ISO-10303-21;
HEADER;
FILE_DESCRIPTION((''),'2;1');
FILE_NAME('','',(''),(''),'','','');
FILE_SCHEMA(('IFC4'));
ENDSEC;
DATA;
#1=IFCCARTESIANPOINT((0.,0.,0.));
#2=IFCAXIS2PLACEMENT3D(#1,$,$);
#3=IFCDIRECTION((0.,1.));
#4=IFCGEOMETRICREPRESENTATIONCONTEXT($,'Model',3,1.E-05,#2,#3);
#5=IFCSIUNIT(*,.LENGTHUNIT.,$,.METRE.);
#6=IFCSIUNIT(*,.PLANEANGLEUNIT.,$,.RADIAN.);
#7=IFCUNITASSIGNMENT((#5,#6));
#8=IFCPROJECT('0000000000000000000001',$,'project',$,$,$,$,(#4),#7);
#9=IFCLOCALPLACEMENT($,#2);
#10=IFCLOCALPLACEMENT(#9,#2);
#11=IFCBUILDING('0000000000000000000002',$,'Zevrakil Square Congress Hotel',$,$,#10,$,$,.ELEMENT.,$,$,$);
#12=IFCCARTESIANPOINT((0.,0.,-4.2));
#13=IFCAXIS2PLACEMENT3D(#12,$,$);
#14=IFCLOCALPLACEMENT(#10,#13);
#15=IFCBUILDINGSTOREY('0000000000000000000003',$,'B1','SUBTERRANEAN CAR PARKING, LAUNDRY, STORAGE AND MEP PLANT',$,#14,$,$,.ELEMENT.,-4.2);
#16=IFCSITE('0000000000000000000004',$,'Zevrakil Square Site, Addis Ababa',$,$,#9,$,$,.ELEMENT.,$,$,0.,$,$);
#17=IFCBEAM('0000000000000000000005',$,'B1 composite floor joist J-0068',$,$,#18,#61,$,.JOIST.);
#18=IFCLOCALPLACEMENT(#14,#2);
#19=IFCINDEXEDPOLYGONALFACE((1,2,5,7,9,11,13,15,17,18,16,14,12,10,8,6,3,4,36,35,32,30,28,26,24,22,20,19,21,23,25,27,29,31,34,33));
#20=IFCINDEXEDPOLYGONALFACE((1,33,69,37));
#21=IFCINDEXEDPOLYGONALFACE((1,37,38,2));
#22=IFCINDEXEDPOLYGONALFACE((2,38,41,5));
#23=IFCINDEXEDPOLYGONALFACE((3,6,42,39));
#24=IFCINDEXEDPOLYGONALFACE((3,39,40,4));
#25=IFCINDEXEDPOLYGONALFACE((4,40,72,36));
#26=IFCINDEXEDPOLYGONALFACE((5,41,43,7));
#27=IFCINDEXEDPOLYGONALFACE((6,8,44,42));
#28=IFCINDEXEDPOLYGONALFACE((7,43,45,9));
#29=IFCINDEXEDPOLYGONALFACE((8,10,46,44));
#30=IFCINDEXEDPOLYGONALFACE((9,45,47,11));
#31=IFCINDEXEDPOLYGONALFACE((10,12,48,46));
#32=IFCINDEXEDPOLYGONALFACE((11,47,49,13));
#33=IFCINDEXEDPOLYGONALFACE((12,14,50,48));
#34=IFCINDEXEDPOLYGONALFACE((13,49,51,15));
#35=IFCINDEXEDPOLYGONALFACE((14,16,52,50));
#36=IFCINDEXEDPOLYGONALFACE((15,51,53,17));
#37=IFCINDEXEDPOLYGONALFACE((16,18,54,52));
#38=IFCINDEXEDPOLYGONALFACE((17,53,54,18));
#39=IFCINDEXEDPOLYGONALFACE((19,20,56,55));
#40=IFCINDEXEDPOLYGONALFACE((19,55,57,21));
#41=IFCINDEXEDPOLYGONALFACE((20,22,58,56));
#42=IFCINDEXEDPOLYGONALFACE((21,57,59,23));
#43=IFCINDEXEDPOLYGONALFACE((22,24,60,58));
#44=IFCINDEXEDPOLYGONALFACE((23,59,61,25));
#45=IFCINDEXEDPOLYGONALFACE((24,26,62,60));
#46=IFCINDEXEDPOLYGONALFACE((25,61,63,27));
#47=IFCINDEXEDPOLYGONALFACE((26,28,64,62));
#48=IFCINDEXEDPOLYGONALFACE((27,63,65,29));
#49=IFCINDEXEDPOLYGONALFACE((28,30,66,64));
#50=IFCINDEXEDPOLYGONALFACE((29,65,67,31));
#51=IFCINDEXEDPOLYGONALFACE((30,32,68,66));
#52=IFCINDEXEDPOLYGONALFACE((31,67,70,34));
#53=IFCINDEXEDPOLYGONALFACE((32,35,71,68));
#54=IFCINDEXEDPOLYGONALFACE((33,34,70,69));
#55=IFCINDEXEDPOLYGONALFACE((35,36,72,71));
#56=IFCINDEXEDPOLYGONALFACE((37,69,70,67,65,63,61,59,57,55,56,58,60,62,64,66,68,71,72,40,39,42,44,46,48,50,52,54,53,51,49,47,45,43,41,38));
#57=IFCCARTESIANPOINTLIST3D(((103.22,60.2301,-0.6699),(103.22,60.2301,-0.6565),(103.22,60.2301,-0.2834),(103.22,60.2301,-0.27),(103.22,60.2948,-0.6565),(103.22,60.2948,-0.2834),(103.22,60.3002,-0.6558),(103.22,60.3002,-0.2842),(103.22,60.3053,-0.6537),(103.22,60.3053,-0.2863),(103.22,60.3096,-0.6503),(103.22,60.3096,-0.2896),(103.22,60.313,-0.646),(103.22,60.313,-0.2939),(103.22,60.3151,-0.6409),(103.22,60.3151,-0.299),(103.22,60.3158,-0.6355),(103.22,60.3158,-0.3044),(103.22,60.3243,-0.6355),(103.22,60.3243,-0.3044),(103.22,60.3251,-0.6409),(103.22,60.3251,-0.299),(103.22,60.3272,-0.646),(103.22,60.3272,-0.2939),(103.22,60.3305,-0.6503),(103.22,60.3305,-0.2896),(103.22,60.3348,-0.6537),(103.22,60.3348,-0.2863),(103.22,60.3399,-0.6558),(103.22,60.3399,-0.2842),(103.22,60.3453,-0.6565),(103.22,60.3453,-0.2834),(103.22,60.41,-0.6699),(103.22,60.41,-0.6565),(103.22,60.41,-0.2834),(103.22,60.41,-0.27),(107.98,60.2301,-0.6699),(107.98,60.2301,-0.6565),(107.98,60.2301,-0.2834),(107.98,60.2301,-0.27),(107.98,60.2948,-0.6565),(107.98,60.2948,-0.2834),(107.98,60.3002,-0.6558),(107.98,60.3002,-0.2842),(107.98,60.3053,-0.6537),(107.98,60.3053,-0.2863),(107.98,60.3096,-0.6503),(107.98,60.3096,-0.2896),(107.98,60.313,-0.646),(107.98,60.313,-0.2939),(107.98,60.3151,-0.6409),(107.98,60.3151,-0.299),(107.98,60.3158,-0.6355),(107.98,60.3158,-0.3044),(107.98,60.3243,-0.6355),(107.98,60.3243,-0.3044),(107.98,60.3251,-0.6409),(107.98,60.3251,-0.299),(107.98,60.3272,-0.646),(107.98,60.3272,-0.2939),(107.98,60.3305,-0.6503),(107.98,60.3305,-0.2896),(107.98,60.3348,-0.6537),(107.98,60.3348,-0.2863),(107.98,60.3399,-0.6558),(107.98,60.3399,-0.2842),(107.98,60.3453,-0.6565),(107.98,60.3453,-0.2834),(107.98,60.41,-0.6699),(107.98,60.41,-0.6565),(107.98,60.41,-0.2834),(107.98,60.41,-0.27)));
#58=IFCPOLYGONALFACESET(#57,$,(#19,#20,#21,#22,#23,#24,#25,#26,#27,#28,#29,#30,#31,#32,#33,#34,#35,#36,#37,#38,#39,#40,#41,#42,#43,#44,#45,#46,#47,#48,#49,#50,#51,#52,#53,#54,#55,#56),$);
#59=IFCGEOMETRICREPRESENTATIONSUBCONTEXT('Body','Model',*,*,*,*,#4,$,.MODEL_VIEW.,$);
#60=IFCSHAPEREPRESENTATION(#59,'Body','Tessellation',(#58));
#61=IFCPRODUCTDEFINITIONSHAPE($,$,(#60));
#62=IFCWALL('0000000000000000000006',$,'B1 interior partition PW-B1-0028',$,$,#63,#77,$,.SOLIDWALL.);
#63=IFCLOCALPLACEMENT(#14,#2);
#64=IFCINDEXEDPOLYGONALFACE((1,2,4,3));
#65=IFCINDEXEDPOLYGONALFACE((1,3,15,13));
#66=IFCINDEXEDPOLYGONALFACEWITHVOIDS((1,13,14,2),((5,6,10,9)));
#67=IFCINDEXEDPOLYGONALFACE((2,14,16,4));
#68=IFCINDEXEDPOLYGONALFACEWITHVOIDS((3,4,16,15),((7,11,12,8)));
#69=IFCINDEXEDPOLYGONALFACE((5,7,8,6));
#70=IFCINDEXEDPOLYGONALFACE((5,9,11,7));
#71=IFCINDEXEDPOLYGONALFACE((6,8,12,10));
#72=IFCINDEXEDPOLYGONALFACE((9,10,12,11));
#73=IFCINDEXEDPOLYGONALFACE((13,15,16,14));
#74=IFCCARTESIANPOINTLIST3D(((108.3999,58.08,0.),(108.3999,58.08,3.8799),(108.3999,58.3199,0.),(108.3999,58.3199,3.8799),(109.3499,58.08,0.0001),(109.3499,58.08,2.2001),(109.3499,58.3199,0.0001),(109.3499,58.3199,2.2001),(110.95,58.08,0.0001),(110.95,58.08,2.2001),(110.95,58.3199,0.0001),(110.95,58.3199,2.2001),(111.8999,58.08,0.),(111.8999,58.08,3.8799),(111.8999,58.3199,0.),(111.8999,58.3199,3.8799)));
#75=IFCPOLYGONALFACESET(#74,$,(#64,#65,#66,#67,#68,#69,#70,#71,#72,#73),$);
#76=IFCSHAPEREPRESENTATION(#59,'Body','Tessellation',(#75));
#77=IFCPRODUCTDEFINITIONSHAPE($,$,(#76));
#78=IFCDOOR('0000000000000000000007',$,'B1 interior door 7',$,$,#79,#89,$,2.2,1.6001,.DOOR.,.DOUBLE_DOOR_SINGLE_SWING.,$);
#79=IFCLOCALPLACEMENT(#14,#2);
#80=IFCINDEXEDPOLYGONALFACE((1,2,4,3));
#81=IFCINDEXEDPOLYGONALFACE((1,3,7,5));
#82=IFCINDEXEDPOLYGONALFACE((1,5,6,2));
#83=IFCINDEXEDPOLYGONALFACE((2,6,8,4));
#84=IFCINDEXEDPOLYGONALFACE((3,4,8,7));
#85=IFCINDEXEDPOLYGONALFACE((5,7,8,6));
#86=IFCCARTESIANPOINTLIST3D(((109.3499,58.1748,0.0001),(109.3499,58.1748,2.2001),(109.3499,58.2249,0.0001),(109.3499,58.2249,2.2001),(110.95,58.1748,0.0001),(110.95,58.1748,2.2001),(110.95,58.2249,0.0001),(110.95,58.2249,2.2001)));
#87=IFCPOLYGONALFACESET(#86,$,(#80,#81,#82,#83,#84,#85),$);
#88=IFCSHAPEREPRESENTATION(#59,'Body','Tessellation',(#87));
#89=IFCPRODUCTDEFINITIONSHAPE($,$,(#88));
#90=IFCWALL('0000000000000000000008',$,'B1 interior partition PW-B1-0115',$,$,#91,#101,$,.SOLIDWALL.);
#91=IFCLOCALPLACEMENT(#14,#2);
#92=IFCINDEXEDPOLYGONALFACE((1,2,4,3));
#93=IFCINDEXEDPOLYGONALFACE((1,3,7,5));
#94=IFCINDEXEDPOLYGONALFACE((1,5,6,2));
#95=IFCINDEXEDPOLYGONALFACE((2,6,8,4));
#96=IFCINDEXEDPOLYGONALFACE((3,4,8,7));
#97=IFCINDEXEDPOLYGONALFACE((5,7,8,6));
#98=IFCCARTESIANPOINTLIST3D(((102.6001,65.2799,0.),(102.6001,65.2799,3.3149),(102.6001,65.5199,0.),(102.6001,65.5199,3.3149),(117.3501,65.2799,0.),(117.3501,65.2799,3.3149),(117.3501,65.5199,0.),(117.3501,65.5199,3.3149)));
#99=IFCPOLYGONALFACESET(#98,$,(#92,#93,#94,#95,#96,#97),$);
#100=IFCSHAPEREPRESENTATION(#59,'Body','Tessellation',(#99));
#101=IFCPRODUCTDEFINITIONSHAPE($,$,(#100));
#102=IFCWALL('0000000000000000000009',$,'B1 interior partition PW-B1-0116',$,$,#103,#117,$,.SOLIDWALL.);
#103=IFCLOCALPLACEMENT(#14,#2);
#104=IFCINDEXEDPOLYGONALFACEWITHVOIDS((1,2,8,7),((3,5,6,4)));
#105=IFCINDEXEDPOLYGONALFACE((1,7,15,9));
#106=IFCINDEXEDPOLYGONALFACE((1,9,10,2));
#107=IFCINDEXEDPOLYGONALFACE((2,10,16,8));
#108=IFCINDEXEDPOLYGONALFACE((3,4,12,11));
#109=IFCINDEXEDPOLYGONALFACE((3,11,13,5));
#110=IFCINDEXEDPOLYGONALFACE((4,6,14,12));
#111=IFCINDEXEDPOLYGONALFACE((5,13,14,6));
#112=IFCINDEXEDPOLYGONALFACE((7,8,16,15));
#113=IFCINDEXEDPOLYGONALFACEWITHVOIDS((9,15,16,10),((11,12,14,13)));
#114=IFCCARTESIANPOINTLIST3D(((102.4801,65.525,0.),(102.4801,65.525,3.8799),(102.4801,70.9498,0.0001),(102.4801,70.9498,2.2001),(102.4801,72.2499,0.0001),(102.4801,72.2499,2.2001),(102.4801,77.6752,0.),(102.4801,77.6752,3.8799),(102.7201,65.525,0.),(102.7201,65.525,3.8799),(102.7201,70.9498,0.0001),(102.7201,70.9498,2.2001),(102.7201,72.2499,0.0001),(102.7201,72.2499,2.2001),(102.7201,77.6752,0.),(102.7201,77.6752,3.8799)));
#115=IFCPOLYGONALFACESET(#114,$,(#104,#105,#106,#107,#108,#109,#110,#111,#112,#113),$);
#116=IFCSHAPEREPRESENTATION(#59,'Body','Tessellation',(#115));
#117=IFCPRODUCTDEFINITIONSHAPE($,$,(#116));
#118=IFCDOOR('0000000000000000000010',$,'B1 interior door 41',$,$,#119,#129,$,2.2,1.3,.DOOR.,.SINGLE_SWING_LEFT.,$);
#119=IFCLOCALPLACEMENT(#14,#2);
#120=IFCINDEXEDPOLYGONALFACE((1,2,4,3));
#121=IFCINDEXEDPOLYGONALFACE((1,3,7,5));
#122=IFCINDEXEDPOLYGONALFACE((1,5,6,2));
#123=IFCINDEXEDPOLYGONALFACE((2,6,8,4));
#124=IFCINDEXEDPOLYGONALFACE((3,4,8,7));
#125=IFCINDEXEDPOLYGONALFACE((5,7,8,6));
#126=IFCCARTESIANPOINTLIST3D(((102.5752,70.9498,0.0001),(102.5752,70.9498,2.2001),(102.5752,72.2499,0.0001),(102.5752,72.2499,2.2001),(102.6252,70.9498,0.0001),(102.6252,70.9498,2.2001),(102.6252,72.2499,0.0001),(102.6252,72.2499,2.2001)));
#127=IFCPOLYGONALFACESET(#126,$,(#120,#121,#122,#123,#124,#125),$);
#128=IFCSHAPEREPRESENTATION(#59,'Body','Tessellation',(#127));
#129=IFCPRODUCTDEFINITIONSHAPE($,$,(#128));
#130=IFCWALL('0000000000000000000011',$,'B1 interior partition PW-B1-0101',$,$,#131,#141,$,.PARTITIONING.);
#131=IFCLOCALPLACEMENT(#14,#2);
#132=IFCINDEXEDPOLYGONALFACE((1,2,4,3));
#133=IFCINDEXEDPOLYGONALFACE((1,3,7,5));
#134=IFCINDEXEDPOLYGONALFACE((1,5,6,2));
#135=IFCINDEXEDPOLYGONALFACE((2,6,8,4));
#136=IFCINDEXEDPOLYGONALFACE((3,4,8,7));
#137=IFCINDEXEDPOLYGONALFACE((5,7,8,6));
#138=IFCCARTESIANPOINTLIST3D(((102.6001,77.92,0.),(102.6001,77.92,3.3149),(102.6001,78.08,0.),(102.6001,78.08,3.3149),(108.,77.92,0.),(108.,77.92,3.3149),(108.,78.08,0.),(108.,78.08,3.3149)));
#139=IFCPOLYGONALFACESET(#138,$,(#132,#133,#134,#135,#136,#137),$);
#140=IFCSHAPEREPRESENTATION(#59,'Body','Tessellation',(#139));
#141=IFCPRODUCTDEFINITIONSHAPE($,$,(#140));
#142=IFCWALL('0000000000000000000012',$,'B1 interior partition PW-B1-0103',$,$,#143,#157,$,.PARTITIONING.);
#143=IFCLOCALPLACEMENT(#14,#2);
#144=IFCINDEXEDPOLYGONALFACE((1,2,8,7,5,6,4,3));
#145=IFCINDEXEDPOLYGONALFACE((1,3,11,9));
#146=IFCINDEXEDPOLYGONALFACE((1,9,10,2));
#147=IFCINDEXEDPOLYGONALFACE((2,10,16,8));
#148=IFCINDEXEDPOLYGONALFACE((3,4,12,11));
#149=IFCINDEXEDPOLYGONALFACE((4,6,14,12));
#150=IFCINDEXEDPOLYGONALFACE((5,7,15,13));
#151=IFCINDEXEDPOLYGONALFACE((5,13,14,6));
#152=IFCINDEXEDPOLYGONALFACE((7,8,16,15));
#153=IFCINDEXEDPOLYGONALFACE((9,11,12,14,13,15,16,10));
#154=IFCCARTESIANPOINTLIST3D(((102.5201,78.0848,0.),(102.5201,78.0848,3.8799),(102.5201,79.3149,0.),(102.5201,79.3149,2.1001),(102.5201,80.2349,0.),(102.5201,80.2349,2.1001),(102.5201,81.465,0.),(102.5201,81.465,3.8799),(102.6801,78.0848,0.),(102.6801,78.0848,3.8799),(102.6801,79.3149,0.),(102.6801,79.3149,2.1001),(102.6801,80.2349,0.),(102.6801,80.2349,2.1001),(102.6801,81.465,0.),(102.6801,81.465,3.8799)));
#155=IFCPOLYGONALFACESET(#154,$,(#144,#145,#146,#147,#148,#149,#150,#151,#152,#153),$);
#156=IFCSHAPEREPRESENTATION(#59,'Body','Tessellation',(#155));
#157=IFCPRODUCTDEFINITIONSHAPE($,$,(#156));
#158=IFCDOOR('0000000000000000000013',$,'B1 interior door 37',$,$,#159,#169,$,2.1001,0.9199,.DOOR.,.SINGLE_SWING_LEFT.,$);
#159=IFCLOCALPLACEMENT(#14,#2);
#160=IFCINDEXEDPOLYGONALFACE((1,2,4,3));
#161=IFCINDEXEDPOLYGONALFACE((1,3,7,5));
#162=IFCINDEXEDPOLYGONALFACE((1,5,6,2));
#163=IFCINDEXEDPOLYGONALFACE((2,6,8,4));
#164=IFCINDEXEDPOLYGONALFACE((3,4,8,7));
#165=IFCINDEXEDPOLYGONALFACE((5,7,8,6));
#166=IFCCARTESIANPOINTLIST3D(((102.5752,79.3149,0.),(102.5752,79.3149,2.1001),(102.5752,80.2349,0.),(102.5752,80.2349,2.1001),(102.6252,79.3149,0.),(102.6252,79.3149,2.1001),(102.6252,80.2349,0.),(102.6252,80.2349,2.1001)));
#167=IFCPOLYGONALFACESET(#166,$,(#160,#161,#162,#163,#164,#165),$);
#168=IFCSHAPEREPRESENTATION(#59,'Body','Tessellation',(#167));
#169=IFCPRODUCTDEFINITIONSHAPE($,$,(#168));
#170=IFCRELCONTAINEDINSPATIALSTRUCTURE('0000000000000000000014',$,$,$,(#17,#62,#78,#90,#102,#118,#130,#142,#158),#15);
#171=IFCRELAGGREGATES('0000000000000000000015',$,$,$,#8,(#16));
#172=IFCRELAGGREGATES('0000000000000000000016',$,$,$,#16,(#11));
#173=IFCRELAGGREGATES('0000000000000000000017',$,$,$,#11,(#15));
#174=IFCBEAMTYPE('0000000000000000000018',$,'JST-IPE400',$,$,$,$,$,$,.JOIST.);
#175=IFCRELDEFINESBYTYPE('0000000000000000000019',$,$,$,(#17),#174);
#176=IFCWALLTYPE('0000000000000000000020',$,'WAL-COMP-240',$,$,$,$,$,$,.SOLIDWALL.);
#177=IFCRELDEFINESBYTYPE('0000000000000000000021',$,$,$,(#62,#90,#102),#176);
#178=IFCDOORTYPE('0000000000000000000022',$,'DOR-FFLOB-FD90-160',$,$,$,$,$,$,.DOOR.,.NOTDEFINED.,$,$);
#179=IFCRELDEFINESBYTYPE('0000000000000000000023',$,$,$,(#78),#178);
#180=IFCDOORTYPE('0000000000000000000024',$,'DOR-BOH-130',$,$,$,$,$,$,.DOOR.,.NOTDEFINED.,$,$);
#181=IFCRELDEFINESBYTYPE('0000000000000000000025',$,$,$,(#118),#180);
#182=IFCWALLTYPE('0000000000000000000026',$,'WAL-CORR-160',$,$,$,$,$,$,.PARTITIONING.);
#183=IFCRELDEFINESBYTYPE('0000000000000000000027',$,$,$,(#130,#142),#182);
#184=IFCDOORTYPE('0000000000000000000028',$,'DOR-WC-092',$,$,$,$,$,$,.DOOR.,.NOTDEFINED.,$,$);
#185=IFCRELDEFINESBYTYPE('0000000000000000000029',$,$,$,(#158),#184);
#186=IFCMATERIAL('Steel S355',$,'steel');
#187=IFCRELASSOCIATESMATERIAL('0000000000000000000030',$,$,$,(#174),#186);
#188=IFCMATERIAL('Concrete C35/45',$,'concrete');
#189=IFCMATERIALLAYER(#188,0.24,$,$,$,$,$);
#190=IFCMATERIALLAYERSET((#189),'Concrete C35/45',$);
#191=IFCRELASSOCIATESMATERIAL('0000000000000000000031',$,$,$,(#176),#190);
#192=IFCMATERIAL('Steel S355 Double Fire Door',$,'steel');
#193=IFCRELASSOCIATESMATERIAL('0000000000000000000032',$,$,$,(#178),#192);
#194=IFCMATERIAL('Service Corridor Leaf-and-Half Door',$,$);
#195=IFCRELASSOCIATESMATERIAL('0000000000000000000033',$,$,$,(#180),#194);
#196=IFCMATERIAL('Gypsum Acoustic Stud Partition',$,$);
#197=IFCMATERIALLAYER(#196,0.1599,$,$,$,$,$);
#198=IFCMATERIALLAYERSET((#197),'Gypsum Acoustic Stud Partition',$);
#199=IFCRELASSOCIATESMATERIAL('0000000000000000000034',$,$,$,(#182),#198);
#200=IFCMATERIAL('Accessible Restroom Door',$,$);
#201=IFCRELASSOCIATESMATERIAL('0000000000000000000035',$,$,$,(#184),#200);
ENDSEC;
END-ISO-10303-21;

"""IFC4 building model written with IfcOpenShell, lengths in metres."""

from ifc_helpers import new_model, si_unit, direction, frame, frame_2d, origin, origin_2d, place, context, subcontext, project, spatial, rectangle, i_section, extrude, material, layer, layer_set, material_profile, profile_set, type_object, element, fill, save


model = new_model("IFC4")

# Units and contexts
model_context = context("Model", 3, precision=1e-05, world=origin(), true_north=direction((0.0, 1.0)))
body_context = subcontext(model_context, "Body", "Model", "MODEL_VIEW")
ifc_project = project(units=[si_unit("LENGTHUNIT", "METRE"), si_unit("PLANEANGLEUNIT", "RADIAN")], contexts=[model_context])

# Site, building, storey
site_placement = place(None, origin())
site = spatial("IfcSite", under=ifc_project, at=site_placement, Name="Zevrakil Square Site, Addis Ababa", CompositionType="ELEMENT", RefElevation=0.0)
building_placement = place(site_placement, origin())
building = spatial("IfcBuilding", under=site, at=building_placement, Name="Zevrakil Square Congress Hotel", CompositionType="ELEMENT")
storey_placement = place(building_placement, frame((0.0, 0.0, -4.2)))
storey = spatial("IfcBuildingStorey", under=building, at=storey_placement, Name="B1", Description="SUBTERRANEAN CAR PARKING, LAUNDRY, STORAGE AND MEP PLANT", CompositionType="ELEMENT", Elevation=-4.2)

# Beam
ifc_material_1 = material(Name="Steel S355", Category="steel")
ifc_material_profile_1 = material_profile(ifc_material_1, i_section(OverallWidth=0.1799, OverallDepth=0.3999, WebThickness=0.0085, FlangeThickness=0.0134, FilletRadius=0.021, at=origin_2d()), Name="IPE 400")
ifc_profile_set_1 = profile_set([ifc_material_profile_1], Name="Steel S355")
beam_type_1 = type_object("IfcBeamType", Name="JST-IPE400", PredefinedType="JOIST", material=ifc_profile_set_1)
beam_1_placement = place(storey_placement, frame((103.22, 60.3201, -0.47), z_axis=(1.0, 0.0, 0.0), x_axis=(0.0, 1.0, 0.0)))
element("IfcBeam", 1, at=beam_1_placement, inside=storey, type_object=beam_type_1, Name="B1 composite floor joist J-0068", PredefinedType="JOIST", context=body_context, shape_type="SweptSolid", body=[
    extrude(i_section(OverallWidth=0.1799, OverallDepth=0.3999, WebThickness=0.0085, FlangeThickness=0.0134, FilletRadius=0.021, at=origin_2d()), origin(), (0.0, 0.0, 1.0), 4.76),
])

# Wall, opening, door
ifc_material_2 = material(Name="Concrete C35/45", Category="concrete")
ifc_layer_1 = layer(ifc_material_2, 0.24)
ifc_layer_set_1 = layer_set([ifc_layer_1], Name="Concrete C35/45")
wall_type_1 = type_object("IfcWallType", Name="WAL-COMP-240", PredefinedType="SOLIDWALL", material=ifc_layer_set_1)
wall_1_placement = place(storey_placement, frame((108.3999, 58.2, 0.0), z_axis=(0.0, 0.0, 1.0), x_axis=(1.0, 0.0, 0.0)))
wall_1 = element("IfcWall", 2, at=wall_1_placement, inside=storey, type_object=wall_type_1, Name="B1 interior partition PW-B1-0028", PredefinedType="SOLIDWALL", context=body_context, shape_type="SweptSolid", body=[
    extrude(rectangle(XDim=3.5, YDim=0.24, at=frame_2d((1.75, 0.0))), origin(), (0.0, 0.0, 1.0), 3.8799),
])
opening_1_placement = place(wall_1_placement, frame((0.95, 0.0, 0.0)))
opening_1 = element("IfcOpeningElement", 3, at=opening_1_placement, cuts=wall_1, PredefinedType="OPENING", context=body_context, shape_type="SweptSolid", body=[
    extrude(rectangle(XDim=1.6001, YDim=2.2, at=frame_2d((0.8, 1.1001))), frame((0.0, 0.1299, 0.0), z_axis=(0.0, -1.0, 0.0), x_axis=(1.0, 0.0, 0.0)), (0.0, 0.0, 1.0), 0.26),
])
ifc_material_3 = material(Name="Steel S355 Double Fire Door", Category="steel")
door_type_1 = type_object("IfcDoorType", Name="DOR-FFLOB-FD90-160", OperationType="NOTDEFINED", PredefinedType="DOOR", material=ifc_material_3)
door_1_placement = place(opening_1_placement, origin())
door_1 = element("IfcDoor", 4, at=door_1_placement, inside=storey, type_object=door_type_1, Name="B1 interior door 7", OperationType="DOUBLE_DOOR_SINGLE_SWING", OverallHeight=2.2, OverallWidth=1.6001, PredefinedType="DOOR", context=body_context, shape_type="SweptSolid", body=[
    extrude(rectangle(XDim=1.6001, YDim=2.2, at=frame_2d((0.8, 1.1001))), frame((0.0, 0.0249, 0.0), z_axis=(0.0, -1.0, 0.0), x_axis=(1.0, 0.0, 0.0)), (0.0, 0.0, 1.0), 0.05),
])
fill(opening_1, door_1)

# Wall
wall_2_placement = place(storey_placement, frame((102.6001, 65.3999, 0.0), z_axis=(0.0, 0.0, 1.0), x_axis=(1.0, 0.0, 0.0)))
element("IfcWall", 5, at=wall_2_placement, inside=storey, type_object=wall_type_1, Name="B1 interior partition PW-B1-0115", PredefinedType="SOLIDWALL", context=body_context, shape_type="SweptSolid", body=[
    extrude(rectangle(XDim=14.75, YDim=0.24, at=frame_2d((7.375, 0.0))), origin(), (0.0, 0.0, 1.0), 3.3149),
])

# Wall, opening, door
wall_3_placement = place(storey_placement, frame((102.6001, 65.5249, 0.0), z_axis=(0.0, 0.0, 1.0), x_axis=(0.0, 1.0, 0.0)))
wall_3 = element("IfcWall", 6, at=wall_3_placement, inside=storey, type_object=wall_type_1, Name="B1 interior partition PW-B1-0116", PredefinedType="SOLIDWALL", context=body_context, shape_type="SweptSolid", body=[
    extrude(rectangle(XDim=12.1501, YDim=0.24, at=frame_2d((6.0752, 0.0))), origin(), (0.0, 0.0, 1.0), 3.8799),
])
opening_2_placement = place(wall_3_placement, frame((5.425, 0.0, 0.0)))
opening_2 = element("IfcOpeningElement", 7, at=opening_2_placement, cuts=wall_3, PredefinedType="OPENING", context=body_context, shape_type="SweptSolid", body=[
    extrude(rectangle(XDim=1.3, YDim=2.2, at=frame_2d((0.6499, 1.1001))), frame((0.0, 0.1299, 0.0), z_axis=(0.0, -1.0, 0.0), x_axis=(1.0, 0.0, 0.0)), (0.0, 0.0, 1.0), 0.26),
])
ifc_material_4 = material(Name="Service Corridor Leaf-and-Half Door")
door_type_2 = type_object("IfcDoorType", Name="DOR-BOH-130", OperationType="NOTDEFINED", PredefinedType="DOOR", material=ifc_material_4)
door_2_placement = place(opening_2_placement, origin())
door_2 = element("IfcDoor", 8, at=door_2_placement, inside=storey, type_object=door_type_2, Name="B1 interior door 41", OperationType="SINGLE_SWING_LEFT", OverallHeight=2.2, OverallWidth=1.3, PredefinedType="DOOR", context=body_context, shape_type="SweptSolid", body=[
    extrude(rectangle(XDim=1.3, YDim=2.2, at=frame_2d((0.6499, 1.1001))), frame((0.0, 0.0249, 0.0), z_axis=(0.0, -1.0, 0.0), x_axis=(1.0, 0.0, 0.0)), (0.0, 0.0, 1.0), 0.05),
])
fill(opening_2, door_2)

# Wall
ifc_material_5 = material(Name="Gypsum Acoustic Stud Partition")
ifc_layer_2 = layer(ifc_material_5, 0.1599)
ifc_layer_set_2 = layer_set([ifc_layer_2], Name="Gypsum Acoustic Stud Partition")
wall_type_2 = type_object("IfcWallType", Name="WAL-CORR-160", PredefinedType="PARTITIONING", material=ifc_layer_set_2)
wall_4_placement = place(storey_placement, frame((102.6001, 78.0, 0.0), z_axis=(0.0, 0.0, 1.0), x_axis=(1.0, 0.0, 0.0)))
element("IfcWall", 9, at=wall_4_placement, inside=storey, type_object=wall_type_2, Name="B1 interior partition PW-B1-0101", PredefinedType="PARTITIONING", context=body_context, shape_type="SweptSolid", body=[
    extrude(rectangle(XDim=5.3999, YDim=0.1599, at=frame_2d((2.7, 0.0))), origin(), (0.0, 0.0, 1.0), 3.3149),
])

# Wall, opening, door
wall_5_placement = place(storey_placement, frame((102.6001, 78.085, 0.0), z_axis=(0.0, 0.0, 1.0), x_axis=(0.0, 1.0, 0.0)))
wall_5 = element("IfcWall", 10, at=wall_5_placement, inside=storey, type_object=wall_type_2, Name="B1 interior partition PW-B1-0103", PredefinedType="PARTITIONING", context=body_context, shape_type="SweptSolid", body=[
    extrude(rectangle(XDim=3.3801, YDim=0.1599, at=frame_2d((1.6899, 0.0))), origin(), (0.0, 0.0, 1.0), 3.8799),
])
opening_3_placement = place(wall_5_placement, frame((1.23, 0.0, 0.0)))
opening_3 = element("IfcOpeningElement", 11, at=opening_3_placement, cuts=wall_5, PredefinedType="OPENING", context=body_context, shape_type="SweptSolid", body=[
    extrude(rectangle(XDim=0.9199, YDim=2.1001, at=frame_2d((0.46, 1.05))), frame((0.0, 0.0898, 0.0), z_axis=(0.0, -1.0, 0.0), x_axis=(1.0, 0.0, 0.0)), (0.0, 0.0, 1.0), 0.1799),
])
ifc_material_6 = material(Name="Accessible Restroom Door")
door_type_3 = type_object("IfcDoorType", Name="DOR-WC-092", OperationType="NOTDEFINED", PredefinedType="DOOR", material=ifc_material_6)
door_3_placement = place(opening_3_placement, origin())
door_3 = element("IfcDoor", 12, at=door_3_placement, inside=storey, type_object=door_type_3, Name="B1 interior door 37", OperationType="SINGLE_SWING_LEFT", OverallHeight=2.1001, OverallWidth=0.9199, PredefinedType="DOOR", context=body_context, shape_type="SweptSolid", body=[
    extrude(rectangle(XDim=0.9199, YDim=2.1001, at=frame_2d((0.46, 1.05))), frame((0.0, 0.0249, 0.0), z_axis=(0.0, -1.0, 0.0), x_axis=(1.0, 0.0, 0.0)), (0.0, 0.0, 1.0), 0.05),
])
fill(opening_3, door_3)

save(model, "model.ifc")
